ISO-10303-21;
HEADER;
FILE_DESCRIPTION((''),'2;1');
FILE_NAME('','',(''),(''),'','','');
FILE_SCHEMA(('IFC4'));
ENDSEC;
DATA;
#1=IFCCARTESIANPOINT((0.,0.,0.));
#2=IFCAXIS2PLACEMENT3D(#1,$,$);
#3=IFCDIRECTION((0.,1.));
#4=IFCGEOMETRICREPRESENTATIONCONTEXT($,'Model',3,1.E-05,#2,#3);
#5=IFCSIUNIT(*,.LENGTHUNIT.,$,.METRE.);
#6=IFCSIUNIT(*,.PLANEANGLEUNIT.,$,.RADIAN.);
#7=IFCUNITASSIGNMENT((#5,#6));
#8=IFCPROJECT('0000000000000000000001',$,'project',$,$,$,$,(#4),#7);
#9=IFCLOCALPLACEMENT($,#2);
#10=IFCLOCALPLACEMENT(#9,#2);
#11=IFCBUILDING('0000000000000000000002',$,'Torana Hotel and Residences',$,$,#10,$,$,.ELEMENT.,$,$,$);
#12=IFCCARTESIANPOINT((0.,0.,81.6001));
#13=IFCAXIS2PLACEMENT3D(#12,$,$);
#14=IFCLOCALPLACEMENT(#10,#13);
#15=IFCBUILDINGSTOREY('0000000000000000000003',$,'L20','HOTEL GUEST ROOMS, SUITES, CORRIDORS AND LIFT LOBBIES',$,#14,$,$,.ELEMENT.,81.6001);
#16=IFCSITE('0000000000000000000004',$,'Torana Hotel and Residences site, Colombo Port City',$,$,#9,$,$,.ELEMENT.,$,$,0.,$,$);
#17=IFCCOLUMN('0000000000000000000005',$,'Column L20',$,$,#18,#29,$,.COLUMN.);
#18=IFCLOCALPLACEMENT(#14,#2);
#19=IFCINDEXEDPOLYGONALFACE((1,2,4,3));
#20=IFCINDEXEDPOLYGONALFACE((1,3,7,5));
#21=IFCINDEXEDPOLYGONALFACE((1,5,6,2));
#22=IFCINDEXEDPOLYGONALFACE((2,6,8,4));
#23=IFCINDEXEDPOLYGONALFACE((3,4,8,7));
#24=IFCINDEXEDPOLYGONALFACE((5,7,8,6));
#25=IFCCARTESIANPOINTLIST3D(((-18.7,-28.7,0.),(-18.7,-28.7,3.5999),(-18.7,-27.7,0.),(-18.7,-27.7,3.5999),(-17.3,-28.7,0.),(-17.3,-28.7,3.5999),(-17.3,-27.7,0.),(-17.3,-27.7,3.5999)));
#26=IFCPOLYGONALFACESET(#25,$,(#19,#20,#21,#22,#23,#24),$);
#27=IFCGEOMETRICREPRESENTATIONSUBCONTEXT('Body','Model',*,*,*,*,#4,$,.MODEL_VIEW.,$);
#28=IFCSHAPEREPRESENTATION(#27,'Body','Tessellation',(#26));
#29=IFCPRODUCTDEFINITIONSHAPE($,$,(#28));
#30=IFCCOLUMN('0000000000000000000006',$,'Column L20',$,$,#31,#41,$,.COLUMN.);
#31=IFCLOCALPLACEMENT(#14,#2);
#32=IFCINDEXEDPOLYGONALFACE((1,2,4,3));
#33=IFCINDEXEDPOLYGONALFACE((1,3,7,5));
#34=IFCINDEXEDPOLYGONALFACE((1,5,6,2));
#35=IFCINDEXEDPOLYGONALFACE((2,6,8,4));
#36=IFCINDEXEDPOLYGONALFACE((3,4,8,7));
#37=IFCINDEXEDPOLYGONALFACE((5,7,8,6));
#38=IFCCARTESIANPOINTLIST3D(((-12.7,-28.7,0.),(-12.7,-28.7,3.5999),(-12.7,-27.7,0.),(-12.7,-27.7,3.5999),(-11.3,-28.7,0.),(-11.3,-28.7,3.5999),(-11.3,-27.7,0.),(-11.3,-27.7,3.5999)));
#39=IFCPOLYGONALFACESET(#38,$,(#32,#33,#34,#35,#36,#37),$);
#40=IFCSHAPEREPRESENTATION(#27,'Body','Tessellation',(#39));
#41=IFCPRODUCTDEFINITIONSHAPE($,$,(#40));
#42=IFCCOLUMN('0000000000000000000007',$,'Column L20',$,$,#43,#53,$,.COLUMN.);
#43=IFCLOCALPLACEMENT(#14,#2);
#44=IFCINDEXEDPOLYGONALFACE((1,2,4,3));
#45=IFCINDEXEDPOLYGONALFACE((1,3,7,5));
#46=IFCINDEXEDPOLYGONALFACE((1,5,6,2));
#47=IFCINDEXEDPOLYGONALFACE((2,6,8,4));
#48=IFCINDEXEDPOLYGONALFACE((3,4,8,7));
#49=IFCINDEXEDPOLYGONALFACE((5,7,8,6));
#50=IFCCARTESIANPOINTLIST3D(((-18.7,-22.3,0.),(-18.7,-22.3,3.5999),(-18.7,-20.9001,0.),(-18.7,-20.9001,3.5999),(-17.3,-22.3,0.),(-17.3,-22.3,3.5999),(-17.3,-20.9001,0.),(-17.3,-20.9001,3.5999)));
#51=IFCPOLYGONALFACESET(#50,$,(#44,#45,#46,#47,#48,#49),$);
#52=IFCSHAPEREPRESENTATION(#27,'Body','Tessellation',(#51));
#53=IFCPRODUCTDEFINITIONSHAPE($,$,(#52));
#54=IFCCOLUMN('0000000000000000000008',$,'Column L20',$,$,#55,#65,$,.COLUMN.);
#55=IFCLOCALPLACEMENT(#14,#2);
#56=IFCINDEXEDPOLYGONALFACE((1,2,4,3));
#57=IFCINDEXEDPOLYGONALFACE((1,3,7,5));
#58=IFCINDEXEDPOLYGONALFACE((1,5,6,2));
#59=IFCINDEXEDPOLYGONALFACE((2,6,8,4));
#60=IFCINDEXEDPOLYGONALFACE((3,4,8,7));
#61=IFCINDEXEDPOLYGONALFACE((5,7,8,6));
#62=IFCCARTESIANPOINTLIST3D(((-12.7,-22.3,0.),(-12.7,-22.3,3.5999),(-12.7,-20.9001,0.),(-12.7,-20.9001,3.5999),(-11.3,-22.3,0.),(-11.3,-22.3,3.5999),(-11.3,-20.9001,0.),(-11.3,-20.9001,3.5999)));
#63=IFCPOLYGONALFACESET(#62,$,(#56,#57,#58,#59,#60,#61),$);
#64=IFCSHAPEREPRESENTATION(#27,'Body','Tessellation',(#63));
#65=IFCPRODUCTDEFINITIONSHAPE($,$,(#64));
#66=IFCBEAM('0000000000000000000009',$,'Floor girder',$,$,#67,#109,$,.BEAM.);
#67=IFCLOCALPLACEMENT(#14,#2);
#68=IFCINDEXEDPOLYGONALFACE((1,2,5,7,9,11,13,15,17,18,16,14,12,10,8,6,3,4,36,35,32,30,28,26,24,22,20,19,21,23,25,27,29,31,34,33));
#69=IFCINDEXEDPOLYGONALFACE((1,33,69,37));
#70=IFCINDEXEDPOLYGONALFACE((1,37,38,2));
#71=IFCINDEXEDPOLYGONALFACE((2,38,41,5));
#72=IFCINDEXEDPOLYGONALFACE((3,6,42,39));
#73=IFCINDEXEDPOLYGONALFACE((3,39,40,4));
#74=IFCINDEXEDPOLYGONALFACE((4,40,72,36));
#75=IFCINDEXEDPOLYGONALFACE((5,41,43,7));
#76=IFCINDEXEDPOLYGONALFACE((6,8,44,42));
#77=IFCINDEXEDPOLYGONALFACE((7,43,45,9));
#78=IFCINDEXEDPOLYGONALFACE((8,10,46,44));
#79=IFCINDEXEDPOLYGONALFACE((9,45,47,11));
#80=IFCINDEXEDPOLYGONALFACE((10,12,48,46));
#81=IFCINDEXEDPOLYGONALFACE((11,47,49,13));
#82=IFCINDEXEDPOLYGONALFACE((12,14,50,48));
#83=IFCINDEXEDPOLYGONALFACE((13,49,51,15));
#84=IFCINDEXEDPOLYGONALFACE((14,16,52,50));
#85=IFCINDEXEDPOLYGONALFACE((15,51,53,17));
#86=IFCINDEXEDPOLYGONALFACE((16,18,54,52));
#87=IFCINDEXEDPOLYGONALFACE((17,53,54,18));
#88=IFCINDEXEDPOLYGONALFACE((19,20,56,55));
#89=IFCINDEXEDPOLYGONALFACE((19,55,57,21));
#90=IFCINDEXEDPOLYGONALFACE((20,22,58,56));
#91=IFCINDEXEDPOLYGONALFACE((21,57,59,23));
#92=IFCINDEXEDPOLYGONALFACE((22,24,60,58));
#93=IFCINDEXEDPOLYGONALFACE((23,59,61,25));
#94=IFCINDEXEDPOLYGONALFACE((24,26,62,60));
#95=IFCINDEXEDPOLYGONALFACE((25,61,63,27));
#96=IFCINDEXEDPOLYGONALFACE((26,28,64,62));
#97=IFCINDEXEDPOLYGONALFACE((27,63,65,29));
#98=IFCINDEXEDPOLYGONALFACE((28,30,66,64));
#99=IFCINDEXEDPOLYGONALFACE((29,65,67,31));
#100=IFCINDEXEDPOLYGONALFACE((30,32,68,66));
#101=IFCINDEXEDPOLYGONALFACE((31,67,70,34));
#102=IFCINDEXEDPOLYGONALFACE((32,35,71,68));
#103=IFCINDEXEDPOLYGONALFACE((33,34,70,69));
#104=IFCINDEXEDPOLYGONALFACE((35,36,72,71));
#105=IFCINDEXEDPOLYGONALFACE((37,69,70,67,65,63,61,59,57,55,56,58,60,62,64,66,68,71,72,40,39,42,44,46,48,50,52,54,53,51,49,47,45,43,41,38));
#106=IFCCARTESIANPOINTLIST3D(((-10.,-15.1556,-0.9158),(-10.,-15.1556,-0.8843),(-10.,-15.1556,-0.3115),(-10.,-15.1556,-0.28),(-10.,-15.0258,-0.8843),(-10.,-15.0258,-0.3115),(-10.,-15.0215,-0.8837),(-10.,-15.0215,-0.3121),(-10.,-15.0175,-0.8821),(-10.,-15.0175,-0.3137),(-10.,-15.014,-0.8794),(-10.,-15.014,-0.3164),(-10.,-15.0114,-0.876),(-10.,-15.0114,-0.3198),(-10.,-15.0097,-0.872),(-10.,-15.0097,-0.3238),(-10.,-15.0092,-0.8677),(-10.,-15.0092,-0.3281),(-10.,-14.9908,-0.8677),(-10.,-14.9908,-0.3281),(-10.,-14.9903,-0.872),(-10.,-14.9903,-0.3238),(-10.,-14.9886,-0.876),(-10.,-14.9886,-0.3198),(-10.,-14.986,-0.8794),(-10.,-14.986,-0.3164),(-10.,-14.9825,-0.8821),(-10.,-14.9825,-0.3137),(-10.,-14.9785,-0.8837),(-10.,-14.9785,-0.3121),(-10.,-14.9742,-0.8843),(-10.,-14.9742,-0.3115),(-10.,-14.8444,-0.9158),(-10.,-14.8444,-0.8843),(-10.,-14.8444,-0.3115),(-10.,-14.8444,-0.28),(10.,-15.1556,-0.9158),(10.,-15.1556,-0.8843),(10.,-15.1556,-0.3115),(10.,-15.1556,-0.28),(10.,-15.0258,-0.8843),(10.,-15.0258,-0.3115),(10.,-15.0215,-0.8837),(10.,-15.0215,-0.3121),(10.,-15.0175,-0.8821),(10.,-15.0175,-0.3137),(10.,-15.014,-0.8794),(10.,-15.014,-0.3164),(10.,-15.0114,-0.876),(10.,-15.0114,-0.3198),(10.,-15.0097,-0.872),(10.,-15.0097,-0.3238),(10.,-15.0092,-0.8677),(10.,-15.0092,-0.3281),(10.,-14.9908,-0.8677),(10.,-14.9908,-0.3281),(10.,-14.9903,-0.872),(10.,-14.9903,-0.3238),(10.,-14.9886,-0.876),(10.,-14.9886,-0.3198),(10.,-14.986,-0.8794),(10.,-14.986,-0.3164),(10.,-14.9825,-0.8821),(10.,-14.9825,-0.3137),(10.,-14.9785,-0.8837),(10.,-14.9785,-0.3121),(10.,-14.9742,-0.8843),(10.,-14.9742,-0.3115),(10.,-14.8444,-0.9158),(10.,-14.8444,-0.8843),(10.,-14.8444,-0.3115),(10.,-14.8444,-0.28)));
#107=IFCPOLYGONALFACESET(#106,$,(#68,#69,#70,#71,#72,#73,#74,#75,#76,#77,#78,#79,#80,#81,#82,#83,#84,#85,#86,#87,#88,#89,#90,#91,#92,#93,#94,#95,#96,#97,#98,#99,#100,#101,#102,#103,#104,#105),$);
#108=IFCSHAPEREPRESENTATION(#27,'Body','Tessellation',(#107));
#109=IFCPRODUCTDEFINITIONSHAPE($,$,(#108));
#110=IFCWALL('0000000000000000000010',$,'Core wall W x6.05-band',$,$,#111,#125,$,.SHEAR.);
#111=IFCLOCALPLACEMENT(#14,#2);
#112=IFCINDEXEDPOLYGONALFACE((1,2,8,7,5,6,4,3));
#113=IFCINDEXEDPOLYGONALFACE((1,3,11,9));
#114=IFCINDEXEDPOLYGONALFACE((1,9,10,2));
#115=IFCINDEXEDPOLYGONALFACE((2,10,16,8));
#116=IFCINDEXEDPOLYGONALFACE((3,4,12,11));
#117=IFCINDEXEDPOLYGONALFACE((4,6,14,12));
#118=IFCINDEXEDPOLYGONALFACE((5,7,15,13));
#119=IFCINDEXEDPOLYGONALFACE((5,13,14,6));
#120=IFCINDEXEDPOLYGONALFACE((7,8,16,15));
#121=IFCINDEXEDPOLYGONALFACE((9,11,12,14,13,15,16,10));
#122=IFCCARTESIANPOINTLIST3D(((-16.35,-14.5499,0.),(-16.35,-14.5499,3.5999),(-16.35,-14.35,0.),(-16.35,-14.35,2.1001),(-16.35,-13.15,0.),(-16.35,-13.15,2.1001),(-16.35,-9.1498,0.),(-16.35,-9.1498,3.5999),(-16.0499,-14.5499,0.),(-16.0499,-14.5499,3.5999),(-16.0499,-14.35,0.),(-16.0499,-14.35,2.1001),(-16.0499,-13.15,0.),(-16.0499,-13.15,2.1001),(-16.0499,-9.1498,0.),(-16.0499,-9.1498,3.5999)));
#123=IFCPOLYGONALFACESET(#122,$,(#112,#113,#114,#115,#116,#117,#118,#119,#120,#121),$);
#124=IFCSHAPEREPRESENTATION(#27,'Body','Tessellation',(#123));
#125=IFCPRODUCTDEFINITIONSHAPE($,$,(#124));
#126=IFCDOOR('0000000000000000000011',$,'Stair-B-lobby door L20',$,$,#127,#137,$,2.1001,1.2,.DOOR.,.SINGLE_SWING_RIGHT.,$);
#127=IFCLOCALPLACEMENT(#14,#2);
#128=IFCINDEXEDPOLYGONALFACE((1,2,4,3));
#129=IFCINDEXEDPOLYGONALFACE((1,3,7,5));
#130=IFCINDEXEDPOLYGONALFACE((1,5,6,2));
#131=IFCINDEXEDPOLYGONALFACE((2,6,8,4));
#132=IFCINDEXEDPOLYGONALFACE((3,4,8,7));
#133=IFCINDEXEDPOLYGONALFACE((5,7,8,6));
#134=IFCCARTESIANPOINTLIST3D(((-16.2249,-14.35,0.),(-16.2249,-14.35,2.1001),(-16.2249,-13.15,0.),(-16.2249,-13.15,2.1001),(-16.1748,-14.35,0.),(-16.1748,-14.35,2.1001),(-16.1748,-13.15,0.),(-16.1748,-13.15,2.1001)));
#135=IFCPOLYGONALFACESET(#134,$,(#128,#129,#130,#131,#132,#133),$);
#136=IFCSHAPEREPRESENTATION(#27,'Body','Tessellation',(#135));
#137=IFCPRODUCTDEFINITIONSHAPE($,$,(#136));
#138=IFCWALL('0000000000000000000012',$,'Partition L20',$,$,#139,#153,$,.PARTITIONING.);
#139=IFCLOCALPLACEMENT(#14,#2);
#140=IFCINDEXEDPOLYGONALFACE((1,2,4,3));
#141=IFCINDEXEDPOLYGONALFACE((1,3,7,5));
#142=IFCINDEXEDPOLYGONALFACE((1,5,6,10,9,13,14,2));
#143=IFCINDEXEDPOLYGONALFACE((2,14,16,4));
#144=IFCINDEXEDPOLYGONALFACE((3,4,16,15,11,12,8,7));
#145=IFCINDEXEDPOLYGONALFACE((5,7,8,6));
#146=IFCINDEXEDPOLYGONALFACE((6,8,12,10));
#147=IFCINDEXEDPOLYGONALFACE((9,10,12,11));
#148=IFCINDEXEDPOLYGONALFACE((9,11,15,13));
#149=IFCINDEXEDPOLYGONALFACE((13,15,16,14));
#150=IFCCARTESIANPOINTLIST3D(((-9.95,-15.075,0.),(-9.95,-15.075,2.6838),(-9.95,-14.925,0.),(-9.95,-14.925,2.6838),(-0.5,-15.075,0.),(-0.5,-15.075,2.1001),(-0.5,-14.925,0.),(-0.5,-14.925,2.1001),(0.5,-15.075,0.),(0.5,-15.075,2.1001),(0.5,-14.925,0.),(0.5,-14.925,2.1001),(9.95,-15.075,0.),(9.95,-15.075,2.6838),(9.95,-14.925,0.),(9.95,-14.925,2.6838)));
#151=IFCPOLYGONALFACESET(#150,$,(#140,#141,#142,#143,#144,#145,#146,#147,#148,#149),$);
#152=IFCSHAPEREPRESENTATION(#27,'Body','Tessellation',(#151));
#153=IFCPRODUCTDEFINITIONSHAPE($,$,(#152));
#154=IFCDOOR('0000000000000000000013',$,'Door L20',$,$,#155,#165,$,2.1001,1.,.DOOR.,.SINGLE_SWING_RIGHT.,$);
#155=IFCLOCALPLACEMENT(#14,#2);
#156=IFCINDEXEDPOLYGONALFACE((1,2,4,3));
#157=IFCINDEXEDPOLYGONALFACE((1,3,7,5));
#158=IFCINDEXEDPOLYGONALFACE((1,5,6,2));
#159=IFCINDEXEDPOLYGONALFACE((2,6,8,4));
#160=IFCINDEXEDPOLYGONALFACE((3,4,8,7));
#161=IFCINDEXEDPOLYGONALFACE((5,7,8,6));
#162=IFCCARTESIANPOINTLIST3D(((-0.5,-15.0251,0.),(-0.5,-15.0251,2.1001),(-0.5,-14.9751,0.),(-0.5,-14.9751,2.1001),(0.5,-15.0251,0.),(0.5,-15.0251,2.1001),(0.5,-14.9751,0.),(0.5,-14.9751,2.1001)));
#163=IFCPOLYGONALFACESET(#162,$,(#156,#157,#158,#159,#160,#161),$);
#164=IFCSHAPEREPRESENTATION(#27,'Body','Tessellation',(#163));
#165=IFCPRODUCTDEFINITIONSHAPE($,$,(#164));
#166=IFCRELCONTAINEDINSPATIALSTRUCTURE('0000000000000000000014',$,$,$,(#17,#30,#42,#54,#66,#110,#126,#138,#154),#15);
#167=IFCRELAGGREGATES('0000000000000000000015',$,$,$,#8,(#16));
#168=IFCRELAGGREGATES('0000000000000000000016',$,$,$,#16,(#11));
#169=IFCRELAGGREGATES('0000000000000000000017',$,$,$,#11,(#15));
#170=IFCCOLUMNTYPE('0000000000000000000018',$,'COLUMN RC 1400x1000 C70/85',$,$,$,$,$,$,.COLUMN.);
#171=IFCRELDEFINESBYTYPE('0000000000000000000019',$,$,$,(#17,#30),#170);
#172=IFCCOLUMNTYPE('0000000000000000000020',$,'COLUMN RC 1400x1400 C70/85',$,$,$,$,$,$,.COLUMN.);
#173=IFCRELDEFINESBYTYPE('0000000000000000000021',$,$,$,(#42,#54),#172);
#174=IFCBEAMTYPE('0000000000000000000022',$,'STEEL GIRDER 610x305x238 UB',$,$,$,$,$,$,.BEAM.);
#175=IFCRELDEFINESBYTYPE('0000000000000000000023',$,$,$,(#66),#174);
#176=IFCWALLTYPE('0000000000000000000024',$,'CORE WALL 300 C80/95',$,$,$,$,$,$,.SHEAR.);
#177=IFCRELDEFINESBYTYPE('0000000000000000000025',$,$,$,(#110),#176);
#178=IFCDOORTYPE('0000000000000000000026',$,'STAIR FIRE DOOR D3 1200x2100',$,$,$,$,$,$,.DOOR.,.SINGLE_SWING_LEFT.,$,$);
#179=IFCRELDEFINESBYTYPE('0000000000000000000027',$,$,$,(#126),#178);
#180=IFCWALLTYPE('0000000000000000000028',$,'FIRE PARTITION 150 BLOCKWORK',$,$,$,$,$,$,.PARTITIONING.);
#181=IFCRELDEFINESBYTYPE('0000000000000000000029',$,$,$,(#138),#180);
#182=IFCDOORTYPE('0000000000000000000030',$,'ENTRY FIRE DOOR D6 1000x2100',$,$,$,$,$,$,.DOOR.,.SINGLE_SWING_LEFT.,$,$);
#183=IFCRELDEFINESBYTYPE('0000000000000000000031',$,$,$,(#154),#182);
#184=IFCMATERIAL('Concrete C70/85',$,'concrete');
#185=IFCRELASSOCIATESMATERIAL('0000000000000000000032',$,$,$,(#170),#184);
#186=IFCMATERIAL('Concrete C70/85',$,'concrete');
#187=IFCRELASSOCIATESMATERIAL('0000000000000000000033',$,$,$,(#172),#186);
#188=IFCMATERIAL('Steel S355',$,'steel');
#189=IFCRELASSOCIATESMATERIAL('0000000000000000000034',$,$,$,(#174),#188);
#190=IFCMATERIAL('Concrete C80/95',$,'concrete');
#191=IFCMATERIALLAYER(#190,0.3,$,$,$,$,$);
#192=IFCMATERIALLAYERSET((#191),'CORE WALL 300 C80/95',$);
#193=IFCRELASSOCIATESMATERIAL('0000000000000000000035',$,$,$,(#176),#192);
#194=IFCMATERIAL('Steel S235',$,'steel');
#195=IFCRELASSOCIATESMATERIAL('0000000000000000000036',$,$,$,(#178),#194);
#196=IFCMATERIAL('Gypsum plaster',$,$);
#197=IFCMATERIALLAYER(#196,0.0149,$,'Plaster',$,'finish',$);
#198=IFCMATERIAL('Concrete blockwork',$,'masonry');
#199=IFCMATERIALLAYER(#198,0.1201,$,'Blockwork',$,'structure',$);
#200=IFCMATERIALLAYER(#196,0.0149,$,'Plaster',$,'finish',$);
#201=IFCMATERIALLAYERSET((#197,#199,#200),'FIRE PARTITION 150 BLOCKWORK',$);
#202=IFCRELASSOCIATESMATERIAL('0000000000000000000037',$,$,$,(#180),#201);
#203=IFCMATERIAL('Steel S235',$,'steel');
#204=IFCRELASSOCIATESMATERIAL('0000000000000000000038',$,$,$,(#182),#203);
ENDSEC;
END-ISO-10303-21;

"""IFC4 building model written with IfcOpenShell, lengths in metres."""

from ifc_helpers import new_model, si_unit, direction, frame, frame_2d, origin, origin_2d, place, context, subcontext, project, spatial, rectangle, i_section, extrude, material, layer, layer_set, material_profile, profile_set, type_object, element, fill, save


model = new_model("IFC4")

# Units and contexts
model_context = context("Model", 3, precision=1e-05, world=origin(), true_north=direction((0.0, 1.0)))
body_context = subcontext(model_context, "Body", "Model", "MODEL_VIEW")
ifc_project = project(units=[si_unit("LENGTHUNIT", "METRE"), si_unit("PLANEANGLEUNIT", "RADIAN")], contexts=[model_context])

# Site, building, storey
site_placement = place(None, origin())
site = spatial("IfcSite", under=ifc_project, at=site_placement, Name="Torana Hotel and Residences site, Colombo Port City", CompositionType="ELEMENT", RefElevation=0.0)
building_placement = place(site_placement, origin())
building = spatial("IfcBuilding", under=site, at=building_placement, Name="Torana Hotel and Residences", CompositionType="ELEMENT")
storey_placement = place(building_placement, frame((0.0, 0.0, 81.6001)))
storey = spatial("IfcBuildingStorey", under=building, at=storey_placement, Name="L20", Description="HOTEL GUEST ROOMS, SUITES, CORRIDORS AND LIFT LOBBIES", CompositionType="ELEMENT", Elevation=81.6001)

# Columns
ifc_material_1 = material(Name="Concrete C70/85", Category="concrete")
ifc_material_profile_1 = material_profile(ifc_material_1, rectangle(XDim=1.3999, YDim=1.0, at=origin_2d()), Name="RC 1400x1000")
ifc_profile_set_1 = profile_set([ifc_material_profile_1], Name="Concrete C70/85")
column_type_1 = type_object("IfcColumnType", Name="COLUMN RC 1400x1000 C70/85", PredefinedType="COLUMN", material=ifc_profile_set_1)
for number, where, z_axis, x_axis, name in (
    (1, (-18.0, -28.2, 0.0), (0.0, 0.0, 1.0), (1.0, 0.0, 0.0), "Column L20"),
    (2, (-12.0, -28.2, 0.0), (0.0, 0.0, 1.0), (1.0, 0.0, 0.0), "Column L20"),
):
    element("IfcColumn", number, at=place(storey_placement, frame(where, z_axis=z_axis, x_axis=x_axis)), inside=storey, type_object=column_type_1, Name=name, PredefinedType="COLUMN", context=body_context, shape_type="SweptSolid", body=[
        extrude(rectangle(XDim=1.3999, YDim=1.0, at=origin_2d()), origin(), (0.0, 0.0, 1.0), 3.5999),
    ])
ifc_material_2 = material(Name="Concrete C70/85", Category="concrete")
ifc_material_profile_2 = material_profile(ifc_material_2, rectangle(XDim=1.3999, YDim=1.3999, at=origin_2d()), Name="RC 1400x1400")
ifc_profile_set_2 = profile_set([ifc_material_profile_2], Name="Concrete C70/85")
column_type_2 = type_object("IfcColumnType", Name="COLUMN RC 1400x1400 C70/85", PredefinedType="COLUMN", material=ifc_profile_set_2)
for number, where, z_axis, x_axis, name in (
    (3, (-18.0, -21.6001, 0.0), (0.0, 0.0, 1.0), (1.0, 0.0, 0.0), "Column L20"),
    (4, (-12.0, -21.6001, 0.0), (0.0, 0.0, 1.0), (1.0, 0.0, 0.0), "Column L20"),
):
    element("IfcColumn", number, at=place(storey_placement, frame(where, z_axis=z_axis, x_axis=x_axis)), inside=storey, type_object=column_type_2, Name=name, PredefinedType="COLUMN", context=body_context, shape_type="SweptSolid", body=[
        extrude(rectangle(XDim=1.3999, YDim=1.3999, at=origin_2d()), origin(), (0.0, 0.0, 1.0), 3.5999),
    ])

# Beam
ifc_material_3 = material(Name="Steel S355", Category="steel")
ifc_material_profile_3 = material_profile(ifc_material_3, i_section(OverallWidth=0.3113, OverallDepth=0.6357, WebThickness=0.0183, FlangeThickness=0.0315, FilletRadius=0.0166, at=origin_2d()), Name="610x305x238 UB")
ifc_profile_set_3 = profile_set([ifc_material_profile_3], Name="Steel S355")
beam_type = type_object("IfcBeamType", Name="STEEL GIRDER 610x305x238 UB", PredefinedType="BEAM", material=ifc_profile_set_3)
beam_placement = place(storey_placement, frame((-10.0, -15.0, -0.5979), z_axis=(1.0, 0.0, 0.0), x_axis=(0.0, 1.0, 0.0)))
element("IfcBeam", 5, at=beam_placement, inside=storey, type_object=beam_type, Name="Floor girder", PredefinedType="BEAM", context=body_context, shape_type="SweptSolid", body=[
    extrude(i_section(OverallWidth=0.3113, OverallDepth=0.6357, WebThickness=0.0183, FlangeThickness=0.0315, FilletRadius=0.0166, at=origin_2d()), origin(), (0.0, 0.0, 1.0), 20.0),
])

# Walls, openings, doors
ifc_material_4 = material(Name="Concrete C80/95", Category="concrete")
ifc_layer_1 = layer(ifc_material_4, 0.3)
ifc_layer_set_1 = layer_set([ifc_layer_1], Name="CORE WALL 300 C80/95")
wall_type_1 = type_object("IfcWallType", Name="CORE WALL 300 C80/95", PredefinedType="SHEAR", material=ifc_layer_set_1)
wall_1_placement = place(storey_placement, frame((-16.2, -14.55, 0.0), z_axis=(0.0, 0.0, 1.0), x_axis=(0.0, 1.0, 0.0)))
wall_1 = element("IfcWall", 6, at=wall_1_placement, inside=storey, type_object=wall_type_1, Name="Core wall W x6.05-band", PredefinedType="SHEAR", context=body_context, shape_type="SweptSolid", body=[
    extrude(rectangle(XDim=5.4001, YDim=0.3, at=frame_2d((2.7002, 0.0))), origin(), (0.0, 0.0, 1.0), 3.5999),
])
opening_1_placement = place(wall_1_placement, frame((0.2, 0.0, 0.0)))
opening_1 = element("IfcOpeningElement", 7, at=opening_1_placement, cuts=wall_1, PredefinedType="OPENING", context=body_context, shape_type="SweptSolid", body=[
    extrude(rectangle(XDim=1.2, YDim=2.1001, at=frame_2d((0.6001, 1.05))), frame((0.0, 0.1599, 0.0), z_axis=(0.0, -1.0, 0.0), x_axis=(1.0, 0.0, 0.0)), (0.0, 0.0, 1.0), 0.3201),
])
ifc_material_5 = material(Name="Steel S235", Category="steel")
door_type_1 = type_object("IfcDoorType", Name="STAIR FIRE DOOR D3 1200x2100", OperationType="SINGLE_SWING_LEFT", PredefinedType="DOOR", material=ifc_material_5)
door_1_placement = place(opening_1_placement, origin())
door_1 = element("IfcDoor", 8, at=door_1_placement, inside=storey, type_object=door_type_1, Name="Stair-B-lobby door L20", OperationType="SINGLE_SWING_RIGHT", OverallHeight=2.1001, OverallWidth=1.2, PredefinedType="DOOR", context=body_context, shape_type="SweptSolid", body=[
    extrude(rectangle(XDim=1.2, YDim=2.1001, at=frame_2d((0.6001, 1.05))), frame((0.0, 0.0249, 0.0), z_axis=(0.0, -1.0, 0.0), x_axis=(1.0, 0.0, 0.0)), (0.0, 0.0, 1.0), 0.05),
])
fill(opening_1, door_1)
ifc_material_6 = material(Name="Gypsum plaster")
ifc_layer_2 = layer(ifc_material_6, 0.0149, Name="Plaster", Category="finish")
ifc_material_7 = material(Name="Concrete blockwork", Category="masonry")
ifc_layer_3 = layer(ifc_material_7, 0.1201, Name="Blockwork", Category="structure")
ifc_layer_4 = layer(ifc_material_6, 0.0149, Name="Plaster", Category="finish")
ifc_layer_set_2 = layer_set([ifc_layer_2, ifc_layer_3, ifc_layer_4], Name="FIRE PARTITION 150 BLOCKWORK")
wall_type_2 = type_object("IfcWallType", Name="FIRE PARTITION 150 BLOCKWORK", PredefinedType="PARTITIONING", material=ifc_layer_set_2)
wall_2_placement = place(storey_placement, frame((-9.95, -15.0, 0.0), z_axis=(0.0, 0.0, 1.0), x_axis=(1.0, 0.0, 0.0)))
wall_2 = element("IfcWall", 9, at=wall_2_placement, inside=storey, type_object=wall_type_2, Name="Partition L20", PredefinedType="PARTITIONING", context=body_context, shape_type="SweptSolid", body=[
    extrude(rectangle(XDim=19.8999, YDim=0.1499, at=frame_2d((9.95, 0.0))), origin(), (0.0, 0.0, 1.0), 2.6838),
])
opening_2_placement = place(wall_2_placement, frame((9.45, 0.0, 0.0)))
opening_2 = element("IfcOpeningElement", 10, at=opening_2_placement, cuts=wall_2, PredefinedType="OPENING", context=body_context, shape_type="SweptSolid", body=[
    extrude(rectangle(XDim=1.0, YDim=2.1001, at=frame_2d((0.5, 1.05))), frame((0.0, 0.085, 0.0), z_axis=(0.0, -1.0, 0.0), x_axis=(1.0, 0.0, 0.0)), (0.0, 0.0, 1.0), 0.1699),
])
ifc_material_8 = material(Name="Steel S235", Category="steel")
door_type_2 = type_object("IfcDoorType", Name="ENTRY FIRE DOOR D6 1000x2100", OperationType="SINGLE_SWING_LEFT", PredefinedType="DOOR", material=ifc_material_8)
door_2_placement = place(opening_2_placement, origin())
door_2 = element("IfcDoor", 11, at=door_2_placement, inside=storey, type_object=door_type_2, Name="Door L20", OperationType="SINGLE_SWING_RIGHT", OverallHeight=2.1001, OverallWidth=1.0, PredefinedType="DOOR", context=body_context, shape_type="SweptSolid", body=[
    extrude(rectangle(XDim=1.0, YDim=2.1001, at=frame_2d((0.5, 1.05))), frame((0.0, 0.0249, 0.0), z_axis=(0.0, -1.0, 0.0), x_axis=(1.0, 0.0, 0.0)), (0.0, 0.0, 1.0), 0.05),
])
fill(opening_2, door_2)

save(model, "model.ifc")
